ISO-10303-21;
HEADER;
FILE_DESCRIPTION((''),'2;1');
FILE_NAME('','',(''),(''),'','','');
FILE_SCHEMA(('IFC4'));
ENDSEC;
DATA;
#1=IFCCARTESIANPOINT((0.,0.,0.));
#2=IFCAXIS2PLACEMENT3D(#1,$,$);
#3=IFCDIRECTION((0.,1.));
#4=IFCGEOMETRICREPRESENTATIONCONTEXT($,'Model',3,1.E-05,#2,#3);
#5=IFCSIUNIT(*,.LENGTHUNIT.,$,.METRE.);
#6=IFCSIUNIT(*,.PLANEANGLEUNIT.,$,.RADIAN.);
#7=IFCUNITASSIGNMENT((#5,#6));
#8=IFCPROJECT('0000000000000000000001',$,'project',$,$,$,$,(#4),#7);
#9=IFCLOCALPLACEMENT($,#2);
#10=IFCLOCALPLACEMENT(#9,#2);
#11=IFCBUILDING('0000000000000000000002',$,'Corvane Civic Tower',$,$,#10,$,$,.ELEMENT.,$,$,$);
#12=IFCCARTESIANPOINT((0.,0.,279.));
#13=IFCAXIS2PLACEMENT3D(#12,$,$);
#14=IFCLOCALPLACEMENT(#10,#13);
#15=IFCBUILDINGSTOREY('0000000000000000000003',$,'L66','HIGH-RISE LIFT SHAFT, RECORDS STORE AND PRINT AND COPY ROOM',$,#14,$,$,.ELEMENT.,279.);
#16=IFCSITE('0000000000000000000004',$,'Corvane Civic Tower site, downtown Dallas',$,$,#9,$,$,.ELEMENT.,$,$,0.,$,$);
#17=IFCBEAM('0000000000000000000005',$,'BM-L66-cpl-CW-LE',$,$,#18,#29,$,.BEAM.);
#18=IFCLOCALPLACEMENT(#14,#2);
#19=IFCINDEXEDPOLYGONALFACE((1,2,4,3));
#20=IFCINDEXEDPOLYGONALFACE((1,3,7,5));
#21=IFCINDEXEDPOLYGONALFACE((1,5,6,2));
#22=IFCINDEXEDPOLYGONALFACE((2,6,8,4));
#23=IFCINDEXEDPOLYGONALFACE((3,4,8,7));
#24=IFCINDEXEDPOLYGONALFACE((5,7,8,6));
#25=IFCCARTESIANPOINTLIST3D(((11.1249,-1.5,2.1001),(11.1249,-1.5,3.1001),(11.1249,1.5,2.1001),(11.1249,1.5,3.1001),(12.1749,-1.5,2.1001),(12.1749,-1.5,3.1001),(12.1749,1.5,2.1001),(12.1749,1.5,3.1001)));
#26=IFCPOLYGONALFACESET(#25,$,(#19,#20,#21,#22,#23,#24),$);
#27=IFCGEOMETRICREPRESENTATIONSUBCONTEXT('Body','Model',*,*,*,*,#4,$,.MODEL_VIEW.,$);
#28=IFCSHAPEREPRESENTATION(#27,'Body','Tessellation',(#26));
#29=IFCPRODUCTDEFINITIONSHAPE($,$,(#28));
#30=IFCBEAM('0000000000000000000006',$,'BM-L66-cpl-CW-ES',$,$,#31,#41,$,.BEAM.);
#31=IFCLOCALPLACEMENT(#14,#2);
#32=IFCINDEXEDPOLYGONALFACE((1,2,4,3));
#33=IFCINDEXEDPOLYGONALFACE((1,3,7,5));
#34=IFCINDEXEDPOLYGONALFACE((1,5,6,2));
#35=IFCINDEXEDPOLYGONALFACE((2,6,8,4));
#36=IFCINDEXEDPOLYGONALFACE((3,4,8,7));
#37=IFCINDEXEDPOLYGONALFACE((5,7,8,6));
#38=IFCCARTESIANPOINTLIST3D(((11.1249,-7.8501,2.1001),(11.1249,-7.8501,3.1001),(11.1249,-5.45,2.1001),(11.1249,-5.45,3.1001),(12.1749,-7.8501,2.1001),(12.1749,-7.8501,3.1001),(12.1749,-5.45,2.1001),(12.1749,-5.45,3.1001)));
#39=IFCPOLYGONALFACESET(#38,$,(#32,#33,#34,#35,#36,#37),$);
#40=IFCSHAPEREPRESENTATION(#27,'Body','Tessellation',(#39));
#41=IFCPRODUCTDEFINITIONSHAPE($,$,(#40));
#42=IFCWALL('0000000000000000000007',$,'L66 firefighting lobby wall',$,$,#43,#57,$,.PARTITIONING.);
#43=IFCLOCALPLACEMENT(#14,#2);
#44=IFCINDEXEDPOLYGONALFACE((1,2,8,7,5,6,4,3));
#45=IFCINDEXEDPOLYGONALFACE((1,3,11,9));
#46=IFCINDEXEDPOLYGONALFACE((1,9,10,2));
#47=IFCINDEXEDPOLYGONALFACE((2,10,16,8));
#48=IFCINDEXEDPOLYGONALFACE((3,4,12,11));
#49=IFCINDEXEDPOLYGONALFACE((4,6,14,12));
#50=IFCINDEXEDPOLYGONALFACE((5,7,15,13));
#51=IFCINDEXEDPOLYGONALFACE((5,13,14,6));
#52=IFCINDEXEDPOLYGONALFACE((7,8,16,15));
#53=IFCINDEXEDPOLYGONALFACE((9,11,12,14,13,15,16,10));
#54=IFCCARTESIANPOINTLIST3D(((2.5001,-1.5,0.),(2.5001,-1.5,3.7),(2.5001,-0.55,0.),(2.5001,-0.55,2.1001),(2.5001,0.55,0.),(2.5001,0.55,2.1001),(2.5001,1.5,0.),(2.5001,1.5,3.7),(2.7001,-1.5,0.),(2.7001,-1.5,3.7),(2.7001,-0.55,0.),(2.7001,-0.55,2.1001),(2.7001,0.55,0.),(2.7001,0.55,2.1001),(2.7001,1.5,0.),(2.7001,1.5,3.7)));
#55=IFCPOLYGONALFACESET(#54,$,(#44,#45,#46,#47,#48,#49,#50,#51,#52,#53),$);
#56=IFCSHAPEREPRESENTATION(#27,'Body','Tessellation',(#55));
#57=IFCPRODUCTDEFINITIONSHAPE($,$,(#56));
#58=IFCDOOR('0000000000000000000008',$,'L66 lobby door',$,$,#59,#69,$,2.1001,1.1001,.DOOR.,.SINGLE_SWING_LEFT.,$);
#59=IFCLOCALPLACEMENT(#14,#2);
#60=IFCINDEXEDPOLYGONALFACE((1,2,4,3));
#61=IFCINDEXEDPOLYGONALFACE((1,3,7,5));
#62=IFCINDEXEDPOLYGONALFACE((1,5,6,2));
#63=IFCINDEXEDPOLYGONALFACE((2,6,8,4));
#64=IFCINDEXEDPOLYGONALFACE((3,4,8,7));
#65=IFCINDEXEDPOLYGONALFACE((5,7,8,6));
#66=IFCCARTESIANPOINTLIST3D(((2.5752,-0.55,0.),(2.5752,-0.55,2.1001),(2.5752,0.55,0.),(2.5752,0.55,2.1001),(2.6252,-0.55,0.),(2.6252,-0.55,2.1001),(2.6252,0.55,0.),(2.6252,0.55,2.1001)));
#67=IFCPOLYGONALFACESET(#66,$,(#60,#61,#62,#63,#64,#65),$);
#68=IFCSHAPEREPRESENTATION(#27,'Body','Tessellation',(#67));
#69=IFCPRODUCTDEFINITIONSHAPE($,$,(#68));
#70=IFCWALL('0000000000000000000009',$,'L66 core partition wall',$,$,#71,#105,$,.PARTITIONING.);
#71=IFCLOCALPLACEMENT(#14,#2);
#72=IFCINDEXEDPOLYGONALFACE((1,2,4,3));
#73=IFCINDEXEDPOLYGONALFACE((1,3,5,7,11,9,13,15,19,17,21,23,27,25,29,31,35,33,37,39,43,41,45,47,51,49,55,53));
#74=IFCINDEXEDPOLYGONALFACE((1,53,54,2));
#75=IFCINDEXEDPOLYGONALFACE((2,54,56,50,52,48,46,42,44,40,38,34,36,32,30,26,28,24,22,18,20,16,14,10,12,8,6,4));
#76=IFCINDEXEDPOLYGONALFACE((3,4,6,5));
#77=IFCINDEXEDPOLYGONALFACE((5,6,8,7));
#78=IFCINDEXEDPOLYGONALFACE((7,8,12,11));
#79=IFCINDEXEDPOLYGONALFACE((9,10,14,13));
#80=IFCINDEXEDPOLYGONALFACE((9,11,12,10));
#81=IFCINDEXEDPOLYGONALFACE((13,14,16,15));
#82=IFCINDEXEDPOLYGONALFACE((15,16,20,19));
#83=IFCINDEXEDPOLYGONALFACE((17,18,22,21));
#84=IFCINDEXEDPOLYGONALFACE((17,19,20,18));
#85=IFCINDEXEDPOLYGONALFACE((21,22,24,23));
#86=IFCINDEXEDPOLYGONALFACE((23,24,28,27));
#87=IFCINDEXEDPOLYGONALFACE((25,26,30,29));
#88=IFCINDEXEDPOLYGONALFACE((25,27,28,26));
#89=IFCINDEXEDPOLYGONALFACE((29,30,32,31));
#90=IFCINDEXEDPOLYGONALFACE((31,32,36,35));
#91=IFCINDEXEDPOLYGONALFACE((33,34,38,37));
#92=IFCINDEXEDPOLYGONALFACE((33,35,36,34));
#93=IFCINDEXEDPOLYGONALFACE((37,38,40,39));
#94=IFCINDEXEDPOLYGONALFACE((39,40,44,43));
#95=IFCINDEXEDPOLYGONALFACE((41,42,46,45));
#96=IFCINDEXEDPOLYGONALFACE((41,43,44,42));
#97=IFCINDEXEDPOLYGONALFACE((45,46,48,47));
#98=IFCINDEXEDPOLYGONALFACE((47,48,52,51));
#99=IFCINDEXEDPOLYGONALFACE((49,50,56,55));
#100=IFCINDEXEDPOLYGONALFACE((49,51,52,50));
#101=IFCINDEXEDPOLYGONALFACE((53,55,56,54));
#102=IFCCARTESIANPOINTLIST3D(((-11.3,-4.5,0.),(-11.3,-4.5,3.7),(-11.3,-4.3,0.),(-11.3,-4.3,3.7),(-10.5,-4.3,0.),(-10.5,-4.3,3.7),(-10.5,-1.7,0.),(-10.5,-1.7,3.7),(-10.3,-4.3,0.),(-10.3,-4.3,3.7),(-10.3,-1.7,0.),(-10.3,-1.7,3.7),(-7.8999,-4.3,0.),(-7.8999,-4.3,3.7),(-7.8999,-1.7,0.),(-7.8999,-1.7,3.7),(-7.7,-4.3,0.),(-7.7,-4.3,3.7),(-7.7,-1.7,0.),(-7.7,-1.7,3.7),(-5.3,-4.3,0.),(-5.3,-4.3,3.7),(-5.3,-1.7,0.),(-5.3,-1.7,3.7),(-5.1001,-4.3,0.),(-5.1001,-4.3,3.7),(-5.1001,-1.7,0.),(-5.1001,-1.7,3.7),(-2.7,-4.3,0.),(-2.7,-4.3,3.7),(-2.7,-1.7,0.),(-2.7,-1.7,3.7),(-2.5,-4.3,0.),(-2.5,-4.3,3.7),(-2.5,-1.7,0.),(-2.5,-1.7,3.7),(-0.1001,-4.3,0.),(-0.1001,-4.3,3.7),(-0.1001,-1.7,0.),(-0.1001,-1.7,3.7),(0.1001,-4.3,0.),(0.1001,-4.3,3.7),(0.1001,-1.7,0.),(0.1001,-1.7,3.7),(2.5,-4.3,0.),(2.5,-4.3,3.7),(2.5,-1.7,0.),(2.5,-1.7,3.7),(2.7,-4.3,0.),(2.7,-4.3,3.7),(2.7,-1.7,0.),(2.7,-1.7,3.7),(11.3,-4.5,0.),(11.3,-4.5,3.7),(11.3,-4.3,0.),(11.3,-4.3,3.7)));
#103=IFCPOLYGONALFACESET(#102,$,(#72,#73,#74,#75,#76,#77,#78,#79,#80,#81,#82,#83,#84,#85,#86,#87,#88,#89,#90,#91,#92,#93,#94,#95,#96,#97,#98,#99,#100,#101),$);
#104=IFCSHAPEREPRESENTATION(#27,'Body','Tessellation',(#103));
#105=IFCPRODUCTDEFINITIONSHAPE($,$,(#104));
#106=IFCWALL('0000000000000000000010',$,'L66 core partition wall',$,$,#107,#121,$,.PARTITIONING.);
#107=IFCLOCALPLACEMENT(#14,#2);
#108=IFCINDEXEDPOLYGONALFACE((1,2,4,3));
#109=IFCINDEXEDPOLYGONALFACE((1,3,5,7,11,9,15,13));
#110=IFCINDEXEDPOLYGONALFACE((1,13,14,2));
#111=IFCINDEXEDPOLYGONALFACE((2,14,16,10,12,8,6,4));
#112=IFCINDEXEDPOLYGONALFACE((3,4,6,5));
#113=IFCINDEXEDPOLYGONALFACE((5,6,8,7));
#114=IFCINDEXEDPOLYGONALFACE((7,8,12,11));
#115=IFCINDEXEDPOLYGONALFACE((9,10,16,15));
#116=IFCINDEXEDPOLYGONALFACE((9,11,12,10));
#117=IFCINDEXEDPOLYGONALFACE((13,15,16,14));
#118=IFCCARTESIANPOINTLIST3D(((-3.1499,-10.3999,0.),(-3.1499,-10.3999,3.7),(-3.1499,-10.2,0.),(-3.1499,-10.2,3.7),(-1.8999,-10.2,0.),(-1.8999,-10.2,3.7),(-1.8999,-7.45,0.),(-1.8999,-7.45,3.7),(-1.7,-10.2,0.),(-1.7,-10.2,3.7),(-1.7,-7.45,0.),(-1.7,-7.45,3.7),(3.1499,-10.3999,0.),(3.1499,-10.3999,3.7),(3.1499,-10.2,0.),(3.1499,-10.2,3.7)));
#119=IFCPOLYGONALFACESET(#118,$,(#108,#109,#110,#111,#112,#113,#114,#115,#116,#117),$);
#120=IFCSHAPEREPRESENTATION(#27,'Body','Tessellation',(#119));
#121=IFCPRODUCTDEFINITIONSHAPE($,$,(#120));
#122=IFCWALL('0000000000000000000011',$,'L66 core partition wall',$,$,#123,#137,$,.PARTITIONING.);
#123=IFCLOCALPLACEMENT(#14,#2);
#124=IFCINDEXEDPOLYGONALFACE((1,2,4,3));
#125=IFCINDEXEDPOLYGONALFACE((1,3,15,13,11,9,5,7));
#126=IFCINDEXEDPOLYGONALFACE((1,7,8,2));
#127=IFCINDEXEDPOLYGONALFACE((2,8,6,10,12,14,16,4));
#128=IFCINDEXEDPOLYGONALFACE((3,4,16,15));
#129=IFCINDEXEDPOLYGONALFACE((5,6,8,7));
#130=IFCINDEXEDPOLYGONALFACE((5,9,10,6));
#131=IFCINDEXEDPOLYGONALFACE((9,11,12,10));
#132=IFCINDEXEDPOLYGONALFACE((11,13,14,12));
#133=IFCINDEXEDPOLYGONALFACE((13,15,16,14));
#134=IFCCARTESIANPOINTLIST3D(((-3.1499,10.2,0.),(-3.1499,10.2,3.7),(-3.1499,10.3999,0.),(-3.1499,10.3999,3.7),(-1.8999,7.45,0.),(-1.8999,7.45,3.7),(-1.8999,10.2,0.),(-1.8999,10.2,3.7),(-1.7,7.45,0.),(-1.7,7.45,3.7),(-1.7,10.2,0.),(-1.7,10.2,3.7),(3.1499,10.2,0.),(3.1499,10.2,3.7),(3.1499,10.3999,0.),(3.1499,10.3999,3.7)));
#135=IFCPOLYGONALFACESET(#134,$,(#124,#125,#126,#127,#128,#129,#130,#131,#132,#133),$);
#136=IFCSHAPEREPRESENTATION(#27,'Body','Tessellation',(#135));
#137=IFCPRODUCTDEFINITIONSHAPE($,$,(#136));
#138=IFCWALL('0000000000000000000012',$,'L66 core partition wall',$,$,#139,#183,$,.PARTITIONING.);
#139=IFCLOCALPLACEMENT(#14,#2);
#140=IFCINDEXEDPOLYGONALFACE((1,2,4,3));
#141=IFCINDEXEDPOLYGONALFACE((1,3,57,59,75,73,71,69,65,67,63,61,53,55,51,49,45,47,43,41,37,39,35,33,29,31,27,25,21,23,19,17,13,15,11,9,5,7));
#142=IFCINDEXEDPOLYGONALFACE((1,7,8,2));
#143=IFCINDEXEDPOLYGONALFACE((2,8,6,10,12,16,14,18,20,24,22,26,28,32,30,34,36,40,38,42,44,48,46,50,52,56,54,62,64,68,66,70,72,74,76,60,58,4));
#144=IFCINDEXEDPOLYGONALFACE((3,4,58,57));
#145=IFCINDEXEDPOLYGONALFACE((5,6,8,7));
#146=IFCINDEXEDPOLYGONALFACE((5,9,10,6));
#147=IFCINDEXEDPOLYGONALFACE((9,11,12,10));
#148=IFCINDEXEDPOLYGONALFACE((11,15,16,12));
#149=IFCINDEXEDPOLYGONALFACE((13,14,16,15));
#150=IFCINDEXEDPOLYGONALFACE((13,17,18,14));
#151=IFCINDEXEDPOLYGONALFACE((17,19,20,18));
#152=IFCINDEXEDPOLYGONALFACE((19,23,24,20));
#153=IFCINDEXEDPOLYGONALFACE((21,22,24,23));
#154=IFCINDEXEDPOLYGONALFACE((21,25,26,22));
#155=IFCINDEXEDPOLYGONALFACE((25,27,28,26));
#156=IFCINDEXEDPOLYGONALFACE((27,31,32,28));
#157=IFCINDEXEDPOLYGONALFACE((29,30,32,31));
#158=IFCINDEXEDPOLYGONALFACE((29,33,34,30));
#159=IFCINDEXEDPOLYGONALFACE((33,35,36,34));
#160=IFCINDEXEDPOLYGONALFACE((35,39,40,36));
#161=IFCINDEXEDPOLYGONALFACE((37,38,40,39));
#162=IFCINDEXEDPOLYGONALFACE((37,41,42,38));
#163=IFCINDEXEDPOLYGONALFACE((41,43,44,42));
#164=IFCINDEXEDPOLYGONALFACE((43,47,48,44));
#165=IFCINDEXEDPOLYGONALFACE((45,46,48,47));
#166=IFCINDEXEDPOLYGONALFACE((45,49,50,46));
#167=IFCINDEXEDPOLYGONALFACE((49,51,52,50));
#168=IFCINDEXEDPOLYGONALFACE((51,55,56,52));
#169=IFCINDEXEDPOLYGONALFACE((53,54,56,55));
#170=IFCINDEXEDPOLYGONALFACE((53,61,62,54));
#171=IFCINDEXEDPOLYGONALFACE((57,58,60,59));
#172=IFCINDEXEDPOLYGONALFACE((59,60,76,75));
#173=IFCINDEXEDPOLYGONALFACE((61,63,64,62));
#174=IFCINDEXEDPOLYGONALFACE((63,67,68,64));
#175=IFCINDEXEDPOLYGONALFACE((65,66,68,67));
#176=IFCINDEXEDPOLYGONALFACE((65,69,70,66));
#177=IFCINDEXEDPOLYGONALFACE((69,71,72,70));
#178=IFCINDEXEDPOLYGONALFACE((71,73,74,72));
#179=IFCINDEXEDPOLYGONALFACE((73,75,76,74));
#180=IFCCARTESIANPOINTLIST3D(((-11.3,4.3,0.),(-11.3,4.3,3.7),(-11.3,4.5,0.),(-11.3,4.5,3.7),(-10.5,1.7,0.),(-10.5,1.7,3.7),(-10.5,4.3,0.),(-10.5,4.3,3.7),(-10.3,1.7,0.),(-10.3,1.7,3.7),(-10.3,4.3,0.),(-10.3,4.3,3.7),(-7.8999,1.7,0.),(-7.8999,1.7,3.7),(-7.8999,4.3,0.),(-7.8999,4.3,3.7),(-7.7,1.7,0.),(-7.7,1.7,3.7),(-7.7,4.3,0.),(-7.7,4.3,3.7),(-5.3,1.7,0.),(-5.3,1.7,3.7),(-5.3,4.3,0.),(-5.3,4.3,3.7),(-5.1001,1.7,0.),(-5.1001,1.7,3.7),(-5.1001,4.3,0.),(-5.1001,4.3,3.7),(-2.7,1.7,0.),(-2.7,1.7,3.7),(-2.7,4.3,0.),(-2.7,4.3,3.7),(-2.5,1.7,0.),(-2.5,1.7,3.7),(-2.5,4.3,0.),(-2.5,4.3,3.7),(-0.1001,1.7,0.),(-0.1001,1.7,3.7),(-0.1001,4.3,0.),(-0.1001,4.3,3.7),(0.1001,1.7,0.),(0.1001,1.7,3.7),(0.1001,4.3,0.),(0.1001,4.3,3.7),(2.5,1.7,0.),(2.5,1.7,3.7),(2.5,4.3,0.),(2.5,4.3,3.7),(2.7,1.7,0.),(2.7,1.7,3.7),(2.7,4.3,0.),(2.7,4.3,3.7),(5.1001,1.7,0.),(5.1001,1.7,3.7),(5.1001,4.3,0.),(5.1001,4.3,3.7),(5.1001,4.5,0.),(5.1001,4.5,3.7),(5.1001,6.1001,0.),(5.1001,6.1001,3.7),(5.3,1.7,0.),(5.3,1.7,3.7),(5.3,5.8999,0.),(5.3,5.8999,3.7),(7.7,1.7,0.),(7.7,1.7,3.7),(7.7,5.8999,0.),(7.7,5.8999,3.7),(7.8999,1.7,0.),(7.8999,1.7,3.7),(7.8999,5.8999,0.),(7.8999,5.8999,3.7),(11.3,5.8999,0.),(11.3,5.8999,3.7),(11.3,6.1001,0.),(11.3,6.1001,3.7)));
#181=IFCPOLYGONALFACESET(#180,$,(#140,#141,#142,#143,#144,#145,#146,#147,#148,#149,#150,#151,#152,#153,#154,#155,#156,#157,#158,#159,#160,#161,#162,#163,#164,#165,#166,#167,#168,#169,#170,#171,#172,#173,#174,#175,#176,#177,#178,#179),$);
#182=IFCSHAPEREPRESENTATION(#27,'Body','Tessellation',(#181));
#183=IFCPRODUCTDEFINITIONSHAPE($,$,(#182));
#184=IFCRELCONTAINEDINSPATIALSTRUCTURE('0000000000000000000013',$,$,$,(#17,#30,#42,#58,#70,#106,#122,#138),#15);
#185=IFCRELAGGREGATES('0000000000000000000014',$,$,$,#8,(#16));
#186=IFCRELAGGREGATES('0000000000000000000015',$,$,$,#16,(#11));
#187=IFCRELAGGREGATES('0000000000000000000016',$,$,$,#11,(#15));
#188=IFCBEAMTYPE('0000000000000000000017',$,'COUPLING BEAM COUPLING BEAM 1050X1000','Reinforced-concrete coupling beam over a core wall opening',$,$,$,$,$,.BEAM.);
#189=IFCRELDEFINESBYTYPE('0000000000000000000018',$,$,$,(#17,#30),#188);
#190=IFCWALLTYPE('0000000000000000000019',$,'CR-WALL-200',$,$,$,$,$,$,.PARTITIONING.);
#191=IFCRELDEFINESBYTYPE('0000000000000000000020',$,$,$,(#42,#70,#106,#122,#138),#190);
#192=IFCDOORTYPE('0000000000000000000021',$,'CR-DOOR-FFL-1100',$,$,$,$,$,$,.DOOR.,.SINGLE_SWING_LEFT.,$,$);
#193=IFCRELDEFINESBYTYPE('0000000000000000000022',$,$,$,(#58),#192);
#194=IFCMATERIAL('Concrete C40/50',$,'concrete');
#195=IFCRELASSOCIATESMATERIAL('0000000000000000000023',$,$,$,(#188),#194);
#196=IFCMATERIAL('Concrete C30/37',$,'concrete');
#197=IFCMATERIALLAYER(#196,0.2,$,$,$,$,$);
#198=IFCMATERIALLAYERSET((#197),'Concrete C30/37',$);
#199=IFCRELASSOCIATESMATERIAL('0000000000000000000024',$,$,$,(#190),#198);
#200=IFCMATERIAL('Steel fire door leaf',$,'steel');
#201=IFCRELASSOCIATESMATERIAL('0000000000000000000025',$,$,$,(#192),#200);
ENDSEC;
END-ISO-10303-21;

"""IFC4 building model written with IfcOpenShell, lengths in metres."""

from ifc_helpers import new_model, si_unit, direction, frame, frame_2d, origin, origin_2d, place, context, subcontext, project, spatial, polyline, rectangle, outline, extrude, material, layer, layer_set, material_profile, profile_set, type_object, element, fill, save


model = new_model("IFC4")

# Units and contexts
model_context = context("Model", 3, precision=1e-05, world=origin(), true_north=direction((0.0, 1.0)))
body_context = subcontext(model_context, "Body", "Model", "MODEL_VIEW")
ifc_project = project(units=[si_unit("LENGTHUNIT", "METRE"), si_unit("PLANEANGLEUNIT", "RADIAN")], contexts=[model_context])

# Site, building, storey
site_placement = place(None, origin())
site = spatial("IfcSite", under=ifc_project, at=site_placement, Name="Corvane Civic Tower site, downtown Dallas", CompositionType="ELEMENT", RefElevation=0.0)
building_placement = place(site_placement, origin())
building = spatial("IfcBuilding", under=site, at=building_placement, Name="Corvane Civic Tower", CompositionType="ELEMENT")
storey_placement = place(building_placement, frame((0.0, 0.0, 279.0)))
storey = spatial("IfcBuildingStorey", under=building, at=storey_placement, Name="L66", Description="HIGH-RISE LIFT SHAFT, RECORDS STORE AND PRINT AND COPY ROOM", CompositionType="ELEMENT", Elevation=279.0)

# Beams
ifc_material_1 = material(Name="Concrete C40/50", Category="concrete")
ifc_material_profile = material_profile(ifc_material_1, rectangle(XDim=1.05, YDim=1.0, at=origin_2d()), Name="COUPLING BEAM 1050X1000")
ifc_profile_set = profile_set([ifc_material_profile], Name="Concrete C40/50")
beam_type = type_object("IfcBeamType", Name="COUPLING BEAM COUPLING BEAM 1050X1000", Description="Reinforced-concrete coupling beam over a core wall opening", PredefinedType="BEAM", material=ifc_profile_set)
beam_1_placement = place(storey_placement, frame((11.6499, -1.5, 2.6001), z_axis=(0.0, 1.0, 0.0), x_axis=(-1.0, 0.0, 0.0)))
element("IfcBeam", 1, at=beam_1_placement, inside=storey, type_object=beam_type, Name="BM-L66-cpl-CW-LE", PredefinedType="BEAM", context=body_context, shape_type="SweptSolid", body=[
    extrude(rectangle(XDim=1.05, YDim=1.0, at=origin_2d()), origin(), (0.0, 0.0, 1.0), 3.0),
])
beam_2_placement = place(storey_placement, frame((11.6499, -7.8501, 2.6001), z_axis=(0.0, 1.0, 0.0), x_axis=(-1.0, 0.0, 0.0)))
element("IfcBeam", 2, at=beam_2_placement, inside=storey, type_object=beam_type, Name="BM-L66-cpl-CW-ES", PredefinedType="BEAM", context=body_context, shape_type="SweptSolid", body=[
    extrude(rectangle(XDim=1.05, YDim=1.0, at=origin_2d()), origin(), (0.0, 0.0, 1.0), 2.4001),
])

# Wall, opening, door
ifc_material_2 = material(Name="Concrete C30/37", Category="concrete")
ifc_layer_1 = layer(ifc_material_2, 0.2)
ifc_layer_set_1 = layer_set([ifc_layer_1], Name="Concrete C30/37")
wall_type_1 = type_object("IfcWallType", Name="CR-WALL-200", PredefinedType="PARTITIONING", material=ifc_layer_set_1)
wall_1_placement = place(storey_placement, frame((2.6001, -1.5, 0.0), z_axis=(0.0, 0.0, 1.0), x_axis=(0.0, 1.0, 0.0)))
wall_1 = element("IfcWall", 3, at=wall_1_placement, inside=storey, type_object=wall_type_1, Name="L66 firefighting lobby wall", PredefinedType="PARTITIONING", context=body_context, shape_type="SweptSolid", body=[
    extrude(rectangle(XDim=3.0, YDim=0.2, at=frame_2d((1.5, 0.0))), origin(), (0.0, 0.0, 1.0), 3.7),
])
opening_1_placement = place(wall_1_placement, frame((0.95, 0.0, 0.0)))
opening_1 = element("IfcOpeningElement", 4, at=opening_1_placement, cuts=wall_1, PredefinedType="OPENING", context=body_context, shape_type="SweptSolid", body=[
    extrude(rectangle(XDim=1.1001, YDim=2.1001, at=frame_2d((0.55, 1.05))), frame((0.0, 0.1099, 0.0), z_axis=(0.0, -1.0, 0.0), x_axis=(1.0, 0.0, 0.0)), (0.0, 0.0, 1.0), 0.22),
])
ifc_material_3 = material(Name="Steel fire door leaf", Category="steel")
door_type_1 = type_object("IfcDoorType", Name="CR-DOOR-FFL-1100", OperationType="SINGLE_SWING_LEFT", PredefinedType="DOOR", material=ifc_material_3)
door_1_placement = place(opening_1_placement, origin())
door_1 = element("IfcDoor", 5, at=door_1_placement, inside=storey, type_object=door_type_1, Name="L66 lobby door", OperationType="SINGLE_SWING_LEFT", OverallHeight=2.1001, OverallWidth=1.1001, PredefinedType="DOOR", context=body_context, shape_type="SweptSolid", body=[
    extrude(rectangle(XDim=1.1001, YDim=2.1001, at=frame_2d((0.55, 1.05))), frame((0.0, 0.0249, 0.0), z_axis=(0.0, -1.0, 0.0), x_axis=(1.0, 0.0, 0.0)), (0.0, 0.0, 1.0), 0.05),
])
fill(opening_1, door_1)

# Walls
wall_2_placement = place(storey_placement, origin())
element("IfcWall", 6, at=wall_2_placement, inside=storey, type_object=wall_type_1, Name="L66 core partition wall", PredefinedType="PARTITIONING", context=body_context, shape_type="SweptSolid", body=[
    extrude(outline(polyline([(-10.3, -1.7), (-10.3, -4.3), (-7.8999, -4.3), (-7.8999, -1.7), (-7.7, -1.7), (-7.7, -4.3), (-5.3, -4.3), (-5.3, -1.7), (-5.1001, -1.7), (-5.1001, -4.3), (-2.7, -4.3), (-2.7, -1.7), (-2.5, -1.7), (-2.5, -4.3), (-0.1001, -4.3), (-0.1001, -1.7), (0.1001, -1.7), (0.1001, -4.3), (2.5, -4.3), (2.5, -1.7), (2.7, -1.7), (2.7, -4.3), (11.3, -4.3), (11.3, -4.5), (-11.3, -4.5), (-11.3, -4.3), (-10.5, -4.3), (-10.5, -1.7), (-10.3, -1.7)])), origin(), (0.0, 0.0, 1.0), 3.7),
])
wall_3_placement = place(storey_placement, origin())
element("IfcWall", 7, at=wall_3_placement, inside=storey, type_object=wall_type_1, Name="L66 core partition wall", PredefinedType="PARTITIONING", context=body_context, shape_type="SweptSolid", body=[
    extrude(outline(polyline([(-1.7, -7.45), (-1.7, -10.2), (3.1499, -10.2), (3.1499, -10.3999), (-3.1499, -10.3999), (-3.1499, -10.2), (-1.8999, -10.2), (-1.8999, -7.45), (-1.7, -7.45)])), origin(), (0.0, 0.0, 1.0), 3.7),
])
wall_4_placement = place(storey_placement, origin())
element("IfcWall", 8, at=wall_4_placement, inside=storey, type_object=wall_type_1, Name="L66 core partition wall", PredefinedType="PARTITIONING", context=body_context, shape_type="SweptSolid", body=[
    extrude(outline(polyline([(3.1499, 10.3999), (3.1499, 10.2), (-1.7, 10.2), (-1.7, 7.45), (-1.8999, 7.45), (-1.8999, 10.2), (-3.1499, 10.2), (-3.1499, 10.3999), (3.1499, 10.3999)])), origin(), (0.0, 0.0, 1.0), 3.7),
])
wall_5_placement = place(storey_placement, origin())
element("IfcWall", 9, at=wall_5_placement, inside=storey, type_object=wall_type_1, Name="L66 core partition wall", PredefinedType="PARTITIONING", context=body_context, shape_type="SweptSolid", body=[
    extrude(outline(polyline([(-10.5, 1.7), (-10.5, 4.3), (-11.3, 4.3), (-11.3, 4.5), (5.1001, 4.5), (5.1001, 6.1001), (11.3, 6.1001), (11.3, 5.8999), (7.8999, 5.8999), (7.8999, 1.7), (7.7, 1.7), (7.7, 5.8999), (5.3, 5.8999), (5.3, 1.7), (5.1001, 1.7), (5.1001, 4.3), (2.7, 4.3), (2.7, 1.7), (2.5, 1.7), (2.5, 4.3), (0.1001, 4.3), (0.1001, 1.7), (-0.1001, 1.7), (-0.1001, 4.3), (-2.5, 4.3), (-2.5, 1.7), (-2.7, 1.7), (-2.7, 4.3), (-5.1001, 4.3), (-5.1001, 1.7), (-5.3, 1.7), (-5.3, 4.3), (-7.7, 4.3), (-7.7, 1.7), (-7.8999, 1.7), (-7.8999, 4.3), (-10.3, 4.3), (-10.3, 1.7), (-10.5, 1.7)])), origin(), (0.0, 0.0, 1.0), 3.7),
])

save(model, "model.ifc")
